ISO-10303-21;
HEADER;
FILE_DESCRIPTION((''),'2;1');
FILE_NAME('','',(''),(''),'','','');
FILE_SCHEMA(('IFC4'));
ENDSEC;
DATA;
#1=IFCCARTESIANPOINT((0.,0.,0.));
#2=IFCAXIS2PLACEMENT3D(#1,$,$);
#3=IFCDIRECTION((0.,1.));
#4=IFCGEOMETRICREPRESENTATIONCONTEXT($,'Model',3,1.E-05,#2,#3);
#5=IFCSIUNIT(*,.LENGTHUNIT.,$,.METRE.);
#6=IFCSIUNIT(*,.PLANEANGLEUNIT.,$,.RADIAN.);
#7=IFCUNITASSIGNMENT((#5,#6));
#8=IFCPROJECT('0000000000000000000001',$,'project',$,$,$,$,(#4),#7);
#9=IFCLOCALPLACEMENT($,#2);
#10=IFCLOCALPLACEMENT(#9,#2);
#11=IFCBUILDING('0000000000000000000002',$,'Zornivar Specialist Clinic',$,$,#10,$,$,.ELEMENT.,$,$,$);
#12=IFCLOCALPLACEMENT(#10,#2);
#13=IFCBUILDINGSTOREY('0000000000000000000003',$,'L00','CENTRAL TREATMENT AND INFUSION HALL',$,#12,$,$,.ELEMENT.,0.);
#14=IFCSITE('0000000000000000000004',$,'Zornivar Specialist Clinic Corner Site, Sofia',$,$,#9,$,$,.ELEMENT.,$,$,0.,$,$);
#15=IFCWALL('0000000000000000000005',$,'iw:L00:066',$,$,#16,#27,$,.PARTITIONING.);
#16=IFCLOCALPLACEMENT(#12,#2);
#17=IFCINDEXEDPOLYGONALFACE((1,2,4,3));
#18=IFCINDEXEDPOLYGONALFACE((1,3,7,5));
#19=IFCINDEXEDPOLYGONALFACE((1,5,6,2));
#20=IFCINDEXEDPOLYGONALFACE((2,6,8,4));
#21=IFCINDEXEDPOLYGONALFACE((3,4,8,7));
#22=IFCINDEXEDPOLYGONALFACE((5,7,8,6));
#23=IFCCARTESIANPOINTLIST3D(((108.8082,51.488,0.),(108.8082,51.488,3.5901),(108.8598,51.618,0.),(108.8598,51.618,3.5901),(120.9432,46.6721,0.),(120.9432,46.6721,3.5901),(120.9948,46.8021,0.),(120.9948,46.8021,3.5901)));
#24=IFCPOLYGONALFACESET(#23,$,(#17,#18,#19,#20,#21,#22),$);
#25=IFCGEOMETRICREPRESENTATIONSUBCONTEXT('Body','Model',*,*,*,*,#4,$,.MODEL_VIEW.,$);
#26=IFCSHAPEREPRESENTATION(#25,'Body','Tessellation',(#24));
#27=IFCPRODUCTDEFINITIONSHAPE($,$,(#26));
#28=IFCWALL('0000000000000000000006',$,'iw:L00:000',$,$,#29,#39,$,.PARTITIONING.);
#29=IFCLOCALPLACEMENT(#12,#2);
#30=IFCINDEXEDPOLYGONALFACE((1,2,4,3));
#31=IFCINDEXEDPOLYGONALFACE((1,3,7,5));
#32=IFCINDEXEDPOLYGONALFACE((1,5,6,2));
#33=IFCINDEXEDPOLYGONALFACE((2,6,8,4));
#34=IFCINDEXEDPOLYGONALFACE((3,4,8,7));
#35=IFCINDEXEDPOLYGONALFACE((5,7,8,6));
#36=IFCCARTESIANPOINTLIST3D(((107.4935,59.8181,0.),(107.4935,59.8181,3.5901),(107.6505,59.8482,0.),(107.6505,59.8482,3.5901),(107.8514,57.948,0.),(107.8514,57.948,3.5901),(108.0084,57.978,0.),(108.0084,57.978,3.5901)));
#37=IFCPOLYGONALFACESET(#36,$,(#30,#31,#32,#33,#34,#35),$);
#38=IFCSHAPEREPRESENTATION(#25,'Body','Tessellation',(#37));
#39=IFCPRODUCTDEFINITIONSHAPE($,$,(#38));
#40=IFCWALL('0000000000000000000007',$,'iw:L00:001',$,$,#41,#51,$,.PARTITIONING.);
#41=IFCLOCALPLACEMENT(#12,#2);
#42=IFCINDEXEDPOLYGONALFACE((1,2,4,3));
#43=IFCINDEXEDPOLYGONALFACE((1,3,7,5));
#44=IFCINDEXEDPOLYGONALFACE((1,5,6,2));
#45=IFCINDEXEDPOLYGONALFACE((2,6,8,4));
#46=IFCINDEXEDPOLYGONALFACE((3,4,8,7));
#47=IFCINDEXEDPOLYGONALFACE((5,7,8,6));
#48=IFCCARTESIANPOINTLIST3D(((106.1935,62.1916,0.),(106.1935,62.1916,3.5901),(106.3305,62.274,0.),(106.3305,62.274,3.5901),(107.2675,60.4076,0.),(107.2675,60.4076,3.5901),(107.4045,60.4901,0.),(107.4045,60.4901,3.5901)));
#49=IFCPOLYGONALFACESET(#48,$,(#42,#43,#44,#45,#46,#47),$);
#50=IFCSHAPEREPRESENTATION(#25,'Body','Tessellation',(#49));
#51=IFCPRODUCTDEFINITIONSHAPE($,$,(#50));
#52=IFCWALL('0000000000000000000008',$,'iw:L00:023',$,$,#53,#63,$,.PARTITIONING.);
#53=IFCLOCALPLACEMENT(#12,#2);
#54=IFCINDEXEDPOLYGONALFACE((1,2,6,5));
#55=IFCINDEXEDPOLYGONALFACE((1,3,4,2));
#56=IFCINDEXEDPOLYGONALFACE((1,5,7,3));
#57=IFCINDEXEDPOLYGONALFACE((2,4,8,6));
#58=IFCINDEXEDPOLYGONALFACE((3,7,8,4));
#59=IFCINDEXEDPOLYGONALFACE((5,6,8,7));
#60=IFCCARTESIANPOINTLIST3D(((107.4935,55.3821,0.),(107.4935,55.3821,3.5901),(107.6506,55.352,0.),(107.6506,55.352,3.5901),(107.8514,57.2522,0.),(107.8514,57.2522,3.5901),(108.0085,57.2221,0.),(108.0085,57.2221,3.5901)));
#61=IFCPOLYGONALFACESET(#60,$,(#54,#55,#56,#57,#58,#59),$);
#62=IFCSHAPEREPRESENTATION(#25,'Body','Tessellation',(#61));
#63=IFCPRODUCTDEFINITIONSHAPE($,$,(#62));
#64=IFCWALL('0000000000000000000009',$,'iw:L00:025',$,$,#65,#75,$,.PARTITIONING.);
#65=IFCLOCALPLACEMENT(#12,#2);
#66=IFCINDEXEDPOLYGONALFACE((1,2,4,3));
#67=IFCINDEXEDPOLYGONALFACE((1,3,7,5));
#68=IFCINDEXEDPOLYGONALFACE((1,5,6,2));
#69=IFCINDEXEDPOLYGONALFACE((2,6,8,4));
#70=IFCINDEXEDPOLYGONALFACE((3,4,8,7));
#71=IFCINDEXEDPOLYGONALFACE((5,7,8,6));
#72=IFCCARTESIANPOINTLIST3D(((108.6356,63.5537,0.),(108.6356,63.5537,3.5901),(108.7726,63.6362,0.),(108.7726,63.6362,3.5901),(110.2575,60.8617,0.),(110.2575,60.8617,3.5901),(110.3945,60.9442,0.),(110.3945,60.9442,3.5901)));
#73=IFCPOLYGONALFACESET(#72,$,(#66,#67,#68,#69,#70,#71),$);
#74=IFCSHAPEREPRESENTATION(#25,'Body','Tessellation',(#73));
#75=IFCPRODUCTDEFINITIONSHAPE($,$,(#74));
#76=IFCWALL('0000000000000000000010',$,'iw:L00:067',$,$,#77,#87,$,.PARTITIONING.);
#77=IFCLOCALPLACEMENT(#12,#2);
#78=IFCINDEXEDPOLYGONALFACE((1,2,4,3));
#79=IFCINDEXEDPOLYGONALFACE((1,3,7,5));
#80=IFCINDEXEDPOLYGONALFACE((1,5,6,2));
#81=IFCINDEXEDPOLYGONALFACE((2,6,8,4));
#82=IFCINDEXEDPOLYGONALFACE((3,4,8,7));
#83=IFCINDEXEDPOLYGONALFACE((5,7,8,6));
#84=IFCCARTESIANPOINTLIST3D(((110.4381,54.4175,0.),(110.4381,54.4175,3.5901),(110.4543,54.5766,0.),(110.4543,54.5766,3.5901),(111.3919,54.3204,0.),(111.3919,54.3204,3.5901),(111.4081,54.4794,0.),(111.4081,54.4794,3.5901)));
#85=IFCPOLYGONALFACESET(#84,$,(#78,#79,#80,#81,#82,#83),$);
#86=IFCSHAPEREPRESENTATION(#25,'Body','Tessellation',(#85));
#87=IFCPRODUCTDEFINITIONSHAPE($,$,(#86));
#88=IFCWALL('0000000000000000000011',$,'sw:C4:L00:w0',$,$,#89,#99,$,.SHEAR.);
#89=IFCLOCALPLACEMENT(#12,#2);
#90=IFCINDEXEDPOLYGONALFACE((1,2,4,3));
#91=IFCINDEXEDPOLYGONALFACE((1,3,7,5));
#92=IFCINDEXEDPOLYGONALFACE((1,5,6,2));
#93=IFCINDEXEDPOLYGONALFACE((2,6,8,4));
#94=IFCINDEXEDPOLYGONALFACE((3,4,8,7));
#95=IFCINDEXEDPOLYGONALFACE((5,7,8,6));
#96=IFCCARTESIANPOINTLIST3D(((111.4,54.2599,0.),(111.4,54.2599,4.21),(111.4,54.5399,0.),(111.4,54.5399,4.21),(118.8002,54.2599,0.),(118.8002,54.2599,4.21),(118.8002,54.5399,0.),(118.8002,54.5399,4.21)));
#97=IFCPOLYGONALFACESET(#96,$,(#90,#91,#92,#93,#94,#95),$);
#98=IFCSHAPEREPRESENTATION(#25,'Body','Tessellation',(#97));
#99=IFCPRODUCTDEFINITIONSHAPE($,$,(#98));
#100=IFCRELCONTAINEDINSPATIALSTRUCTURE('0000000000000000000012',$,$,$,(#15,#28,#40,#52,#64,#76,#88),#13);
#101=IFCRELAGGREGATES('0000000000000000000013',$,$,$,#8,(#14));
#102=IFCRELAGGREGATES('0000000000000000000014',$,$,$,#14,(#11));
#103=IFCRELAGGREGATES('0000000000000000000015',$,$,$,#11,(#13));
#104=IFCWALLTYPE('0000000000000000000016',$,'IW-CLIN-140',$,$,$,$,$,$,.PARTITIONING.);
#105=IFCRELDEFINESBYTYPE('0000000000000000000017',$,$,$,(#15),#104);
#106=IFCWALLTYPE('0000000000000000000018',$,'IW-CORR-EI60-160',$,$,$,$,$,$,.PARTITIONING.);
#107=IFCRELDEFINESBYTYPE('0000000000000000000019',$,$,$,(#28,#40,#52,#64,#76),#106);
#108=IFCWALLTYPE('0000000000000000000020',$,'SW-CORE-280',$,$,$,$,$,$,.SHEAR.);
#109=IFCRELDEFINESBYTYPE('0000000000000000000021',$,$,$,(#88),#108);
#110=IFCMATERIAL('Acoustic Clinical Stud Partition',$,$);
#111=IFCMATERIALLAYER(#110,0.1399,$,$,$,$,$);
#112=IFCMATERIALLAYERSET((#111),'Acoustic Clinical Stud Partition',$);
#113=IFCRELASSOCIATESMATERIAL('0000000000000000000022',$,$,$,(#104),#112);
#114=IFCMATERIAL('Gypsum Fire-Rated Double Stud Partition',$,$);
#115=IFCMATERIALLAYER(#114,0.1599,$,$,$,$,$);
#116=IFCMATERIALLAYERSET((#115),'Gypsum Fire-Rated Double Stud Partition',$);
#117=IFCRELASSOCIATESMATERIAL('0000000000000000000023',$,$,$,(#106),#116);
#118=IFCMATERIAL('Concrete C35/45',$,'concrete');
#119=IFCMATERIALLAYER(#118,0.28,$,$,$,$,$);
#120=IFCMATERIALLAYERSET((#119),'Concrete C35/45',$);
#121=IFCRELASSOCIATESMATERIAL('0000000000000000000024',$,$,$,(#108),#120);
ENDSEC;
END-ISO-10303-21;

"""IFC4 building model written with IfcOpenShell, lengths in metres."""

from ifc_helpers import new_model, si_unit, direction, frame, frame_2d, origin, place, context, subcontext, project, spatial, rectangle, extrude, material, layer, layer_set, type_object, element, save


model = new_model("IFC4")

# Units and contexts
model_context = context("Model", 3, precision=1e-05, world=origin(), true_north=direction((0.0, 1.0)))
body_context = subcontext(model_context, "Body", "Model", "MODEL_VIEW")
ifc_project = project(units=[si_unit("LENGTHUNIT", "METRE"), si_unit("PLANEANGLEUNIT", "RADIAN")], contexts=[model_context])

# Site, building, storey
site_placement = place(None, origin())
site = spatial("IfcSite", under=ifc_project, at=site_placement, Name="Zornivar Specialist Clinic Corner Site, Sofia", CompositionType="ELEMENT", RefElevation=0.0)
building_placement = place(site_placement, origin())
building = spatial("IfcBuilding", under=site, at=building_placement, Name="Zornivar Specialist Clinic", CompositionType="ELEMENT")
storey_placement = place(building_placement, origin())
storey = spatial("IfcBuildingStorey", under=building, at=storey_placement, Name="L00", Description="CENTRAL TREATMENT AND INFUSION HALL", CompositionType="ELEMENT", Elevation=0.0)

# Walls
ifc_material_1 = material(Name="Acoustic Clinical Stud Partition")
ifc_layer_1 = layer(ifc_material_1, 0.1399)
ifc_layer_set_1 = layer_set([ifc_layer_1], Name="Acoustic Clinical Stud Partition")
wall_type_1 = type_object("IfcWallType", Name="IW-CLIN-140", PredefinedType="PARTITIONING", material=ifc_layer_set_1)
wall_1_placement = place(storey_placement, frame((108.834, 51.553, 0.0), z_axis=(0.0, 0.0, 1.0), x_axis=(0.929479, -0.368874, 0.0)))
element("IfcWall", 1, at=wall_1_placement, inside=storey, type_object=wall_type_1, Name="iw:L00:066", PredefinedType="PARTITIONING", context=body_context, shape_type="SweptSolid", body=[
    extrude(rectangle(XDim=13.0557, YDim=0.1399, at=frame_2d((6.5278, 0.0))), origin(), (0.0, 0.0, 1.0), 3.5901),
])
ifc_material_2 = material(Name="Gypsum Fire-Rated Double Stud Partition")
ifc_layer_2 = layer(ifc_material_2, 0.1599)
ifc_layer_set_2 = layer_set([ifc_layer_2], Name="Gypsum Fire-Rated Double Stud Partition")
wall_type_2 = type_object("IfcWallType", Name="IW-CORR-EI60-160", PredefinedType="PARTITIONING", material=ifc_layer_set_2)
wall_2_placement = place(storey_placement, frame((107.9299, 57.9629, 0.0), z_axis=(0.0, 0.0, 1.0), x_axis=(-0.187972, 0.982174, 0.0)))
element("IfcWall", 2, at=wall_2_placement, inside=storey, type_object=wall_type_2, Name="iw:L00:000", PredefinedType="PARTITIONING", context=body_context, shape_type="SweptSolid", body=[
    extrude(rectangle(XDim=1.9041, YDim=0.1599, at=frame_2d((0.9521, 0.0))), origin(), (0.0, 0.0, 1.0), 3.5901),
])
wall_3_placement = place(storey_placement, frame((107.3359, 60.449, 0.0), z_axis=(0.0, 0.0, 1.0), x_axis=(-0.515771, 0.856726, 0.0)))
element("IfcWall", 3, at=wall_3_placement, inside=storey, type_object=wall_type_2, Name="iw:L00:001", PredefinedType="PARTITIONING", context=body_context, shape_type="SweptSolid", body=[
    extrude(rectangle(XDim=2.0823, YDim=0.1599, at=frame_2d((1.041, 0.0))), origin(), (0.0, 0.0, 1.0), 3.5901),
])
wall_4_placement = place(storey_placement, frame((107.572, 55.3669, 0.0), z_axis=(0.0, 0.0, 1.0), x_axis=(0.187972, 0.982174, 0.0)))
element("IfcWall", 4, at=wall_4_placement, inside=storey, type_object=wall_type_2, Name="iw:L00:023", PredefinedType="PARTITIONING", context=body_context, shape_type="SweptSolid", body=[
    extrude(rectangle(XDim=1.9041, YDim=0.1599, at=frame_2d((0.9521, 0.0))), origin(), (0.0, 0.0, 1.0), 3.5901),
])
wall_5_placement = place(storey_placement, frame((110.3259, 60.9031, 0.0), z_axis=(0.0, 0.0, 1.0), x_axis=(-0.51606, 0.856552, 0.0)))
element("IfcWall", 5, at=wall_5_placement, inside=storey, type_object=wall_type_2, Name="iw:L00:025", PredefinedType="PARTITIONING", context=body_context, shape_type="SweptSolid", body=[
    extrude(rectangle(XDim=3.1428, YDim=0.1599, at=frame_2d((1.5713, 0.0))), origin(), (0.0, 0.0, 1.0), 3.5901),
])
wall_6_placement = place(storey_placement, frame((110.446, 54.4971, 0.0), z_axis=(0.0, 0.0, 1.0), x_axis=(0.994851, -0.101344, 0.0)))
element("IfcWall", 6, at=wall_6_placement, inside=storey, type_object=wall_type_2, Name="iw:L00:067", PredefinedType="PARTITIONING", context=body_context, shape_type="SweptSolid", body=[
    extrude(rectangle(XDim=0.9587, YDim=0.1599, at=frame_2d((0.4795, 0.0))), origin(), (0.0, 0.0, 1.0), 3.5901),
])

# Wall
ifc_material_3 = material(Name="Concrete C35/45", Category="concrete")
ifc_layer_3 = layer(ifc_material_3, 0.28)
ifc_layer_set_3 = layer_set([ifc_layer_3], Name="Concrete C35/45")
wall_type_3 = type_object("IfcWallType", Name="SW-CORE-280", PredefinedType="SHEAR", material=ifc_layer_set_3)
wall_7_placement = place(storey_placement, frame((111.3999, 54.3999, 0.0), z_axis=(0.0, 0.0, 1.0), x_axis=(1.0, 0.0, 0.0)))
element("IfcWall", 7, at=wall_7_placement, inside=storey, type_object=wall_type_3, Name="sw:C4:L00:w0", PredefinedType="SHEAR", context=body_context, shape_type="SweptSolid", body=[
    extrude(rectangle(XDim=7.4001, YDim=0.28, at=frame_2d((3.7002, 0.0))), origin(), (0.0, 0.0, 1.0), 4.21),
])

save(model, "model.ifc")
